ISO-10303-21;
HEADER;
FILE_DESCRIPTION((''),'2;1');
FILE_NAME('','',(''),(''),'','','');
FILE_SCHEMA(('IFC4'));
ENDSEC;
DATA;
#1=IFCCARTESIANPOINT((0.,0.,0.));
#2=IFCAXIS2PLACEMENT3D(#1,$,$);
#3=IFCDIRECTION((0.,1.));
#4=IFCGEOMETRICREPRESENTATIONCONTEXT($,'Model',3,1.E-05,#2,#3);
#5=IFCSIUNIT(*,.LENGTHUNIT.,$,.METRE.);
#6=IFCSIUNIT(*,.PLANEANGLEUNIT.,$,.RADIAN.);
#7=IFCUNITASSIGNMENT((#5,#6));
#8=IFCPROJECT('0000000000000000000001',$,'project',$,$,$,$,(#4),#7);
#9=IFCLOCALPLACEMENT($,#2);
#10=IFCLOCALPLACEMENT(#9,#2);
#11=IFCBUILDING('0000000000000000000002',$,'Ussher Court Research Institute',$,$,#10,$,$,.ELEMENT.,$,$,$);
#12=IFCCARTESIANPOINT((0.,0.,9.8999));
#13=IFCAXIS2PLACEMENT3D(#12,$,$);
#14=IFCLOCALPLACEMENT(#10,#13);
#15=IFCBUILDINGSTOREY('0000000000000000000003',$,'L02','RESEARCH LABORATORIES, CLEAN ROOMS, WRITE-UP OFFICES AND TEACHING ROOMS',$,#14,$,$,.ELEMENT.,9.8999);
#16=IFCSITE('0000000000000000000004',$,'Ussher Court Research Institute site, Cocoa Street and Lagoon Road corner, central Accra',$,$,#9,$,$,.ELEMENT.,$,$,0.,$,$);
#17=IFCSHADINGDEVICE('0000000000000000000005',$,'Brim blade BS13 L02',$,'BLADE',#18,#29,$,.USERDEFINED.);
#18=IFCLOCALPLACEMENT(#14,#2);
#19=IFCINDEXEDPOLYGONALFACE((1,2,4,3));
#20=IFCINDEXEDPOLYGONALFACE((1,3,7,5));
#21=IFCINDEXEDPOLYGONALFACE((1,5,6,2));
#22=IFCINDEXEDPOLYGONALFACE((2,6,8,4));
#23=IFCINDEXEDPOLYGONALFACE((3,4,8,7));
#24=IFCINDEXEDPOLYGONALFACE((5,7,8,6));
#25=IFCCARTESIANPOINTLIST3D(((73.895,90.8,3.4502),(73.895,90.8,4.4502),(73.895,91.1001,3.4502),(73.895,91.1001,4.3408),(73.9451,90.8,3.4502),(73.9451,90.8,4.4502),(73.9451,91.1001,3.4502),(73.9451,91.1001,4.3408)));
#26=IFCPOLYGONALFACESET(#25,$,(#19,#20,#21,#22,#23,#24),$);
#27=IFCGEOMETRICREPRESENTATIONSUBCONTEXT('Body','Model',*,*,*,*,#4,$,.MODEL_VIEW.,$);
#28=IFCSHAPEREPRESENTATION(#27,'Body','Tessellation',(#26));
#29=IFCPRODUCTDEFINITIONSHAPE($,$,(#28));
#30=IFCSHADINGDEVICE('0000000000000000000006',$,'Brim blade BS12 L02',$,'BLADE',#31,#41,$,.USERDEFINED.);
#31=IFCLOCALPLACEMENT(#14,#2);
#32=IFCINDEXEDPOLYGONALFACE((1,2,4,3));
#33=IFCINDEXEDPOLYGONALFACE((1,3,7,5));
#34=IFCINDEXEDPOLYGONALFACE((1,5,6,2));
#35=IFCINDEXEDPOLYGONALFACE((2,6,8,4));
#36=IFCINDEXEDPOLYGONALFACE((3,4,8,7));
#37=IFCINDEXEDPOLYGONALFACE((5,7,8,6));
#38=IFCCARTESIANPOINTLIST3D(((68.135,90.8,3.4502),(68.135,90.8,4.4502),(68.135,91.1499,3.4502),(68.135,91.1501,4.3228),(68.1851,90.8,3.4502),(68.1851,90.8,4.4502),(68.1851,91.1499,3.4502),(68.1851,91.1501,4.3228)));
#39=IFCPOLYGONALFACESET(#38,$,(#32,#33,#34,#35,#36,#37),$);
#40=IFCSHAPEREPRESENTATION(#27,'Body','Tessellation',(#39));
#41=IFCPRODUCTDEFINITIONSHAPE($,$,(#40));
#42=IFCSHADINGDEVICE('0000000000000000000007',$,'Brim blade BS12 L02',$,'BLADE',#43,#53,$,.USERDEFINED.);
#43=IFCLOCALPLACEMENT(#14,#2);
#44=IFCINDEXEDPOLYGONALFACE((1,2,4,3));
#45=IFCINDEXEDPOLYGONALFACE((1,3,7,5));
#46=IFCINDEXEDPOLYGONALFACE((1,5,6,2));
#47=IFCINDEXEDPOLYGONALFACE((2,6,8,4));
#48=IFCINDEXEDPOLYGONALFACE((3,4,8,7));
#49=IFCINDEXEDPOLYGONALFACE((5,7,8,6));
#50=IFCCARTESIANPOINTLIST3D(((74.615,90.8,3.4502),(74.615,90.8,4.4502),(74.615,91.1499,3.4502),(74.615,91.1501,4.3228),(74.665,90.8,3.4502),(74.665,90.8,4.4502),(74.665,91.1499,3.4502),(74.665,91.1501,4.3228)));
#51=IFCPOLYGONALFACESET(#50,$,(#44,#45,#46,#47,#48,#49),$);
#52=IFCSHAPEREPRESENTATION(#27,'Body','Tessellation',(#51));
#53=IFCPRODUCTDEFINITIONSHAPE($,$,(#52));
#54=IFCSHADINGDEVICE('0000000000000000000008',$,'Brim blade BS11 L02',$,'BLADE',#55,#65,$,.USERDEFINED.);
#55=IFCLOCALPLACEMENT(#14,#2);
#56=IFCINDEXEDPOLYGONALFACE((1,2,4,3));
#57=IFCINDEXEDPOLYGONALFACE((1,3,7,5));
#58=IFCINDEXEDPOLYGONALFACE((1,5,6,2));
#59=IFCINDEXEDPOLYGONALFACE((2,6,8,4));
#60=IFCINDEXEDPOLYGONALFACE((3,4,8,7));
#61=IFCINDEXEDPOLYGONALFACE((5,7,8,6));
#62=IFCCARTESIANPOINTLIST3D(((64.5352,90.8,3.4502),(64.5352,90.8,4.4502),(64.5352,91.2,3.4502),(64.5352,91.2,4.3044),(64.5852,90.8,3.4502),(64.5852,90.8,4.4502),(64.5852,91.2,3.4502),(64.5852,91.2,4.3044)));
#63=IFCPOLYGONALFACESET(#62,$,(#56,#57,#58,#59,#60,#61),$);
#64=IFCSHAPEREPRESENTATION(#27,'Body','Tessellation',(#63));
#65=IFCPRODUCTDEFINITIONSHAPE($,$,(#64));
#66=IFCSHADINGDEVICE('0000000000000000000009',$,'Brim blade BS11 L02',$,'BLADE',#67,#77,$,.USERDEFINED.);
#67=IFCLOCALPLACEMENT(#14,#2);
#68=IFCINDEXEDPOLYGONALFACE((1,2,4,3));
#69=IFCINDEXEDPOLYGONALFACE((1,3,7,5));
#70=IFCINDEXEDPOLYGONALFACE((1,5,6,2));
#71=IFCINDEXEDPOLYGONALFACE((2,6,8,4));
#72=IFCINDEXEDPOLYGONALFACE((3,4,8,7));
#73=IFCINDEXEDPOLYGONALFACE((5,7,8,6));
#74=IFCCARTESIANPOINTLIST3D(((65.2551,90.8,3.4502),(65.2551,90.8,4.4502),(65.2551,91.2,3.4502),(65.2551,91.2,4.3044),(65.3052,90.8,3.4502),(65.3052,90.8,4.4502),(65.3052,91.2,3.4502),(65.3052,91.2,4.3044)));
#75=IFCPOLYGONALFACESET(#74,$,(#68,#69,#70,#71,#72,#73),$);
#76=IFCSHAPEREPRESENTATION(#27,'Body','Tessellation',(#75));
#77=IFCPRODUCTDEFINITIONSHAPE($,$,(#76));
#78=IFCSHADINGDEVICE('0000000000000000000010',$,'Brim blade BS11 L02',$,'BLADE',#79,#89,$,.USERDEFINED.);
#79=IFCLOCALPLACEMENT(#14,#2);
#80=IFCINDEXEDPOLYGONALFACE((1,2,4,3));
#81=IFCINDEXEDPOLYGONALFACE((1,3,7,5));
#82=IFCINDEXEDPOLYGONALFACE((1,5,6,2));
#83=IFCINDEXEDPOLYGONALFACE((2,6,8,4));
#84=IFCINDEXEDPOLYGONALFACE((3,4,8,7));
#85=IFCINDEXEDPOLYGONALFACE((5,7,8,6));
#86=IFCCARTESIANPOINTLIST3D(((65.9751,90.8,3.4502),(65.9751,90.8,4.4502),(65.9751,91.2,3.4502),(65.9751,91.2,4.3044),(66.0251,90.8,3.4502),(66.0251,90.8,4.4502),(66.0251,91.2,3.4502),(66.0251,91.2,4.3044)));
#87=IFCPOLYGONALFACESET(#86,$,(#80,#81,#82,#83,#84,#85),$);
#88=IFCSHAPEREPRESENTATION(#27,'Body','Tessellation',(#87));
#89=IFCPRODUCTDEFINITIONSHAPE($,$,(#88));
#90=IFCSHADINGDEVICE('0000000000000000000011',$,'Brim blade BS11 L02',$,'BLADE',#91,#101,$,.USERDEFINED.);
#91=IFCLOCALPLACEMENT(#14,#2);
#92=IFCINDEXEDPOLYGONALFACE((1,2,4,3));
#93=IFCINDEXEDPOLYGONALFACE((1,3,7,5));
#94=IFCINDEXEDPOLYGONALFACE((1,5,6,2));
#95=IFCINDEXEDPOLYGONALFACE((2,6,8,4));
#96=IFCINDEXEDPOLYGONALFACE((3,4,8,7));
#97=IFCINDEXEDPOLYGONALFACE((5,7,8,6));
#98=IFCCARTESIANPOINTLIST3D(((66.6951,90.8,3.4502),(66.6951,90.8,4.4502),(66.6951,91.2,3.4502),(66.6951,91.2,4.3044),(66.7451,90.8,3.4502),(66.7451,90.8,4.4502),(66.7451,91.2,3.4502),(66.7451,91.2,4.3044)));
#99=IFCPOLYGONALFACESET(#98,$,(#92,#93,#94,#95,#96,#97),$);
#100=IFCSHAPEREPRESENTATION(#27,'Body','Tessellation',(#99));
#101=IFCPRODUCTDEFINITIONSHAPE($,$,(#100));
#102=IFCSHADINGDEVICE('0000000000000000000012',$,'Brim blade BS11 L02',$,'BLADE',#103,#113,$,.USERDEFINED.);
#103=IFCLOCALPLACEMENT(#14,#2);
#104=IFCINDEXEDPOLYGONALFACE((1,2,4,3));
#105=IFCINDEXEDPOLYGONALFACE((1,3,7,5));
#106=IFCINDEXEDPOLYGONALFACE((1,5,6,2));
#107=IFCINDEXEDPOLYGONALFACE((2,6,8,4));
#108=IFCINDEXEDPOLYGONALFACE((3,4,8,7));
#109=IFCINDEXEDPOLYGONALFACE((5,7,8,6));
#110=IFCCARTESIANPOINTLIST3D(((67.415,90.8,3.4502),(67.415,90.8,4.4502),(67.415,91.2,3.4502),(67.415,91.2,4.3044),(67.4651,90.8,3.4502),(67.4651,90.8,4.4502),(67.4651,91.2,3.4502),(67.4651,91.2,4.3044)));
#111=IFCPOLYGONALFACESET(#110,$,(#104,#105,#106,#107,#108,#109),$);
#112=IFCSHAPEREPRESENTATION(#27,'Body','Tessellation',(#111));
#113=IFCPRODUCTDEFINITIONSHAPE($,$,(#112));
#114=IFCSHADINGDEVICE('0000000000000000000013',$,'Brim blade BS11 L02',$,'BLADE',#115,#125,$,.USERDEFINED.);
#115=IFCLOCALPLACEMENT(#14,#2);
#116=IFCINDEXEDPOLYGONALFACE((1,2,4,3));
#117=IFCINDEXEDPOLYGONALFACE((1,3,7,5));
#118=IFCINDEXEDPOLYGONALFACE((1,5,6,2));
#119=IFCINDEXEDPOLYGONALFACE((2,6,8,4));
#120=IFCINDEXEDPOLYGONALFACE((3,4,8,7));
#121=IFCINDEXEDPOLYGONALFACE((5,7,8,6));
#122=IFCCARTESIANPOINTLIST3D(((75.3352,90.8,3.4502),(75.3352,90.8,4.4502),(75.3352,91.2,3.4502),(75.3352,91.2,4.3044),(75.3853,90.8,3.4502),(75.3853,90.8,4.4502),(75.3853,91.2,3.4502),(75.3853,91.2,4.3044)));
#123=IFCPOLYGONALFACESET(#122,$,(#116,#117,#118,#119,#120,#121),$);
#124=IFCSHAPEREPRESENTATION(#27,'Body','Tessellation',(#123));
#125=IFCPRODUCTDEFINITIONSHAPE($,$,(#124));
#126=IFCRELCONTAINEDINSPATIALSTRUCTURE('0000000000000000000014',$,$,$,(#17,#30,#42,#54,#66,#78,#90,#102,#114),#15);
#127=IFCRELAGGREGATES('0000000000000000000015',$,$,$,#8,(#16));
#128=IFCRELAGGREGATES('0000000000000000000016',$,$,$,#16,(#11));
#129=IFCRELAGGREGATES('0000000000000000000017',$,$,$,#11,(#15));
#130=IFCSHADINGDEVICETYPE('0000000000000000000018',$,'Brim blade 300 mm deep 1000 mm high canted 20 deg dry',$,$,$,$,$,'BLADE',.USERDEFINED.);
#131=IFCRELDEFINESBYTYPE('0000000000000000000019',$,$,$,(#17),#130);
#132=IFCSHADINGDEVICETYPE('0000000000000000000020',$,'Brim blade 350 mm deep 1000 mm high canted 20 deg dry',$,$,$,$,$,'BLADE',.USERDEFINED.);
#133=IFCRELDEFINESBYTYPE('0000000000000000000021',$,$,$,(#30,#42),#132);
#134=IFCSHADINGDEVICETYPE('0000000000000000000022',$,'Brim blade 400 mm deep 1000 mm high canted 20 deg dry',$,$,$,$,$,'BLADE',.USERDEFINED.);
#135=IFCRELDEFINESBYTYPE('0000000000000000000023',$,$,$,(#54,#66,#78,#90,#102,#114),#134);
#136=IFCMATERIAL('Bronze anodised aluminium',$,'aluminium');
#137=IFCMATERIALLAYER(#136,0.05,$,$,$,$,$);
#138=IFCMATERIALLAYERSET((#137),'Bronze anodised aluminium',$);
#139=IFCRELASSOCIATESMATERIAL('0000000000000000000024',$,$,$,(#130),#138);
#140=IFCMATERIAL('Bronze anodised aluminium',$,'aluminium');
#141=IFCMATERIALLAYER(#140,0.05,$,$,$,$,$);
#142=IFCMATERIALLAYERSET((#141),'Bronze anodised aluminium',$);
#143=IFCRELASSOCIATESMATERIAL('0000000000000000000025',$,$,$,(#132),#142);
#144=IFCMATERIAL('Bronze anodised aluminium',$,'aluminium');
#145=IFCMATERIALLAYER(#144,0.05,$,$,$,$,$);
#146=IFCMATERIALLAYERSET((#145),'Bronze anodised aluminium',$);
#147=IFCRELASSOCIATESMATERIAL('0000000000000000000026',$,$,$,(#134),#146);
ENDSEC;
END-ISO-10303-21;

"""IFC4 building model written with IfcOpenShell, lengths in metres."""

from ifc_helpers import new_model, si_unit, direction, frame, origin, place, context, subcontext, project, spatial, polyline, outline, extrude, material, layer, layer_set, type_object, element, save


model = new_model("IFC4")

# Units and contexts
model_context = context("Model", 3, precision=1e-05, world=origin(), true_north=direction((0.0, 1.0)))
body_context = subcontext(model_context, "Body", "Model", "MODEL_VIEW")
ifc_project = project(units=[si_unit("LENGTHUNIT", "METRE"), si_unit("PLANEANGLEUNIT", "RADIAN")], contexts=[model_context])

# Site, building, storey
site_placement = place(None, origin())
site = spatial("IfcSite", under=ifc_project, at=site_placement, Name="Ussher Court Research Institute site, Cocoa Street and Lagoon Road corner, central Accra", CompositionType="ELEMENT", RefElevation=0.0)
building_placement = place(site_placement, origin())
building = spatial("IfcBuilding", under=site, at=building_placement, Name="Ussher Court Research Institute", CompositionType="ELEMENT")
storey_placement = place(building_placement, frame((0.0, 0.0, 9.8999)))
storey = spatial("IfcBuildingStorey", under=building, at=storey_placement, Name="L02", Description="RESEARCH LABORATORIES, CLEAN ROOMS, WRITE-UP OFFICES AND TEACHING ROOMS", CompositionType="ELEMENT", Elevation=9.8999)

# Shading devices
ifc_material_1 = material(Name="Bronze anodised aluminium", Category="aluminium")
ifc_layer_1 = layer(ifc_material_1, 0.05)
ifc_layer_set_1 = layer_set([ifc_layer_1], Name="Bronze anodised aluminium")
shading_device_type_1 = type_object("IfcShadingDeviceType", Name="Brim blade 300 mm deep 1000 mm high canted 20 deg dry", ElementType="BLADE", PredefinedType="USERDEFINED", material=ifc_layer_set_1)
for number, where, z_axis, x_axis, name in (
    (1, (73.9199, 90.8, 3.4502), (0.0, 0.0, 1.0), (0.0, 1.0, 0.0), "Brim blade BS13 L02"),
):
    element("IfcShadingDevice", number, at=place(storey_placement, frame(where, z_axis=z_axis, x_axis=x_axis)), inside=storey, type_object=shading_device_type_1, Name=name, ObjectType="BLADE", PredefinedType="USERDEFINED", context=body_context, shape_type="SweptSolid", body=[
        extrude(outline(polyline([(0.0, 0.0), (0.3, 0.0), (0.3, 0.8906), (0.0, 1.0), (0.0, 0.0)])), frame((0.0, 0.0249, 0.0), z_axis=(0.0, -1.0, 0.0), x_axis=(1.0, 0.0, 0.0)), (0.0, 0.0, 1.0), 0.05),
    ])
ifc_material_2 = material(Name="Bronze anodised aluminium", Category="aluminium")
ifc_layer_2 = layer(ifc_material_2, 0.05)
ifc_layer_set_2 = layer_set([ifc_layer_2], Name="Bronze anodised aluminium")
shading_device_type_2 = type_object("IfcShadingDeviceType", Name="Brim blade 350 mm deep 1000 mm high canted 20 deg dry", ElementType="BLADE", PredefinedType="USERDEFINED", material=ifc_layer_set_2)
for number, where, z_axis, x_axis, name in (
    (2, (68.1599, 90.8, 3.4502), (0.0, 0.0, 1.0), (0.0, 1.0, 0.0), "Brim blade BS12 L02"),
    (3, (74.6399, 90.8, 3.4502), (0.0, 0.0, 1.0), (0.0, 1.0, 0.0), "Brim blade BS12 L02"),
):
    element("IfcShadingDevice", number, at=place(storey_placement, frame(where, z_axis=z_axis, x_axis=x_axis)), inside=storey, type_object=shading_device_type_2, Name=name, ObjectType="BLADE", PredefinedType="USERDEFINED", context=body_context, shape_type="SweptSolid", body=[
        extrude(outline(polyline([(0.0, 0.0), (0.3499, 0.0), (0.3501, 0.8726), (0.0, 1.0), (0.0, 0.0)])), frame((0.0, 0.0249, 0.0), z_axis=(0.0, -1.0, 0.0), x_axis=(1.0, 0.0, 0.0)), (0.0, 0.0, 1.0), 0.05),
    ])
ifc_material_3 = material(Name="Bronze anodised aluminium", Category="aluminium")
ifc_layer_3 = layer(ifc_material_3, 0.05)
ifc_layer_set_3 = layer_set([ifc_layer_3], Name="Bronze anodised aluminium")
shading_device_type_3 = type_object("IfcShadingDeviceType", Name="Brim blade 400 mm deep 1000 mm high canted 20 deg dry", ElementType="BLADE", PredefinedType="USERDEFINED", material=ifc_layer_set_3)
for number, where, z_axis, x_axis, name in (
    (4, (64.5601, 90.8, 3.4502), (0.0, 0.0, 1.0), (0.0, 1.0, 0.0), "Brim blade BS11 L02"),
    (5, (65.28, 90.8, 3.4502), (0.0, 0.0, 1.0), (0.0, 1.0, 0.0), "Brim blade BS11 L02"),
    (6, (66.0, 90.8, 3.4502), (0.0, 0.0, 1.0), (0.0, 1.0, 0.0), "Brim blade BS11 L02"),
    (7, (66.72, 90.8, 3.4502), (0.0, 0.0, 1.0), (0.0, 1.0, 0.0), "Brim blade BS11 L02"),
    (8, (67.4399, 90.8, 3.4502), (0.0, 0.0, 1.0), (0.0, 1.0, 0.0), "Brim blade BS11 L02"),
    (9, (75.3601, 90.8, 3.4502), (0.0, 0.0, 1.0), (0.0, 1.0, 0.0), "Brim blade BS11 L02"),
):
    element("IfcShadingDevice", number, at=place(storey_placement, frame(where, z_axis=z_axis, x_axis=x_axis)), inside=storey, type_object=shading_device_type_3, Name=name, ObjectType="BLADE", PredefinedType="USERDEFINED", context=body_context, shape_type="SweptSolid", body=[
        extrude(outline(polyline([(0.0, 0.0), (0.3999, 0.0), (0.3999, 0.8542), (0.0, 1.0), (0.0, 0.0)])), frame((0.0, 0.0249, 0.0), z_axis=(0.0, -1.0, 0.0), x_axis=(1.0, 0.0, 0.0)), (0.0, 0.0, 1.0), 0.05),
    ])

save(model, "model.ifc")
